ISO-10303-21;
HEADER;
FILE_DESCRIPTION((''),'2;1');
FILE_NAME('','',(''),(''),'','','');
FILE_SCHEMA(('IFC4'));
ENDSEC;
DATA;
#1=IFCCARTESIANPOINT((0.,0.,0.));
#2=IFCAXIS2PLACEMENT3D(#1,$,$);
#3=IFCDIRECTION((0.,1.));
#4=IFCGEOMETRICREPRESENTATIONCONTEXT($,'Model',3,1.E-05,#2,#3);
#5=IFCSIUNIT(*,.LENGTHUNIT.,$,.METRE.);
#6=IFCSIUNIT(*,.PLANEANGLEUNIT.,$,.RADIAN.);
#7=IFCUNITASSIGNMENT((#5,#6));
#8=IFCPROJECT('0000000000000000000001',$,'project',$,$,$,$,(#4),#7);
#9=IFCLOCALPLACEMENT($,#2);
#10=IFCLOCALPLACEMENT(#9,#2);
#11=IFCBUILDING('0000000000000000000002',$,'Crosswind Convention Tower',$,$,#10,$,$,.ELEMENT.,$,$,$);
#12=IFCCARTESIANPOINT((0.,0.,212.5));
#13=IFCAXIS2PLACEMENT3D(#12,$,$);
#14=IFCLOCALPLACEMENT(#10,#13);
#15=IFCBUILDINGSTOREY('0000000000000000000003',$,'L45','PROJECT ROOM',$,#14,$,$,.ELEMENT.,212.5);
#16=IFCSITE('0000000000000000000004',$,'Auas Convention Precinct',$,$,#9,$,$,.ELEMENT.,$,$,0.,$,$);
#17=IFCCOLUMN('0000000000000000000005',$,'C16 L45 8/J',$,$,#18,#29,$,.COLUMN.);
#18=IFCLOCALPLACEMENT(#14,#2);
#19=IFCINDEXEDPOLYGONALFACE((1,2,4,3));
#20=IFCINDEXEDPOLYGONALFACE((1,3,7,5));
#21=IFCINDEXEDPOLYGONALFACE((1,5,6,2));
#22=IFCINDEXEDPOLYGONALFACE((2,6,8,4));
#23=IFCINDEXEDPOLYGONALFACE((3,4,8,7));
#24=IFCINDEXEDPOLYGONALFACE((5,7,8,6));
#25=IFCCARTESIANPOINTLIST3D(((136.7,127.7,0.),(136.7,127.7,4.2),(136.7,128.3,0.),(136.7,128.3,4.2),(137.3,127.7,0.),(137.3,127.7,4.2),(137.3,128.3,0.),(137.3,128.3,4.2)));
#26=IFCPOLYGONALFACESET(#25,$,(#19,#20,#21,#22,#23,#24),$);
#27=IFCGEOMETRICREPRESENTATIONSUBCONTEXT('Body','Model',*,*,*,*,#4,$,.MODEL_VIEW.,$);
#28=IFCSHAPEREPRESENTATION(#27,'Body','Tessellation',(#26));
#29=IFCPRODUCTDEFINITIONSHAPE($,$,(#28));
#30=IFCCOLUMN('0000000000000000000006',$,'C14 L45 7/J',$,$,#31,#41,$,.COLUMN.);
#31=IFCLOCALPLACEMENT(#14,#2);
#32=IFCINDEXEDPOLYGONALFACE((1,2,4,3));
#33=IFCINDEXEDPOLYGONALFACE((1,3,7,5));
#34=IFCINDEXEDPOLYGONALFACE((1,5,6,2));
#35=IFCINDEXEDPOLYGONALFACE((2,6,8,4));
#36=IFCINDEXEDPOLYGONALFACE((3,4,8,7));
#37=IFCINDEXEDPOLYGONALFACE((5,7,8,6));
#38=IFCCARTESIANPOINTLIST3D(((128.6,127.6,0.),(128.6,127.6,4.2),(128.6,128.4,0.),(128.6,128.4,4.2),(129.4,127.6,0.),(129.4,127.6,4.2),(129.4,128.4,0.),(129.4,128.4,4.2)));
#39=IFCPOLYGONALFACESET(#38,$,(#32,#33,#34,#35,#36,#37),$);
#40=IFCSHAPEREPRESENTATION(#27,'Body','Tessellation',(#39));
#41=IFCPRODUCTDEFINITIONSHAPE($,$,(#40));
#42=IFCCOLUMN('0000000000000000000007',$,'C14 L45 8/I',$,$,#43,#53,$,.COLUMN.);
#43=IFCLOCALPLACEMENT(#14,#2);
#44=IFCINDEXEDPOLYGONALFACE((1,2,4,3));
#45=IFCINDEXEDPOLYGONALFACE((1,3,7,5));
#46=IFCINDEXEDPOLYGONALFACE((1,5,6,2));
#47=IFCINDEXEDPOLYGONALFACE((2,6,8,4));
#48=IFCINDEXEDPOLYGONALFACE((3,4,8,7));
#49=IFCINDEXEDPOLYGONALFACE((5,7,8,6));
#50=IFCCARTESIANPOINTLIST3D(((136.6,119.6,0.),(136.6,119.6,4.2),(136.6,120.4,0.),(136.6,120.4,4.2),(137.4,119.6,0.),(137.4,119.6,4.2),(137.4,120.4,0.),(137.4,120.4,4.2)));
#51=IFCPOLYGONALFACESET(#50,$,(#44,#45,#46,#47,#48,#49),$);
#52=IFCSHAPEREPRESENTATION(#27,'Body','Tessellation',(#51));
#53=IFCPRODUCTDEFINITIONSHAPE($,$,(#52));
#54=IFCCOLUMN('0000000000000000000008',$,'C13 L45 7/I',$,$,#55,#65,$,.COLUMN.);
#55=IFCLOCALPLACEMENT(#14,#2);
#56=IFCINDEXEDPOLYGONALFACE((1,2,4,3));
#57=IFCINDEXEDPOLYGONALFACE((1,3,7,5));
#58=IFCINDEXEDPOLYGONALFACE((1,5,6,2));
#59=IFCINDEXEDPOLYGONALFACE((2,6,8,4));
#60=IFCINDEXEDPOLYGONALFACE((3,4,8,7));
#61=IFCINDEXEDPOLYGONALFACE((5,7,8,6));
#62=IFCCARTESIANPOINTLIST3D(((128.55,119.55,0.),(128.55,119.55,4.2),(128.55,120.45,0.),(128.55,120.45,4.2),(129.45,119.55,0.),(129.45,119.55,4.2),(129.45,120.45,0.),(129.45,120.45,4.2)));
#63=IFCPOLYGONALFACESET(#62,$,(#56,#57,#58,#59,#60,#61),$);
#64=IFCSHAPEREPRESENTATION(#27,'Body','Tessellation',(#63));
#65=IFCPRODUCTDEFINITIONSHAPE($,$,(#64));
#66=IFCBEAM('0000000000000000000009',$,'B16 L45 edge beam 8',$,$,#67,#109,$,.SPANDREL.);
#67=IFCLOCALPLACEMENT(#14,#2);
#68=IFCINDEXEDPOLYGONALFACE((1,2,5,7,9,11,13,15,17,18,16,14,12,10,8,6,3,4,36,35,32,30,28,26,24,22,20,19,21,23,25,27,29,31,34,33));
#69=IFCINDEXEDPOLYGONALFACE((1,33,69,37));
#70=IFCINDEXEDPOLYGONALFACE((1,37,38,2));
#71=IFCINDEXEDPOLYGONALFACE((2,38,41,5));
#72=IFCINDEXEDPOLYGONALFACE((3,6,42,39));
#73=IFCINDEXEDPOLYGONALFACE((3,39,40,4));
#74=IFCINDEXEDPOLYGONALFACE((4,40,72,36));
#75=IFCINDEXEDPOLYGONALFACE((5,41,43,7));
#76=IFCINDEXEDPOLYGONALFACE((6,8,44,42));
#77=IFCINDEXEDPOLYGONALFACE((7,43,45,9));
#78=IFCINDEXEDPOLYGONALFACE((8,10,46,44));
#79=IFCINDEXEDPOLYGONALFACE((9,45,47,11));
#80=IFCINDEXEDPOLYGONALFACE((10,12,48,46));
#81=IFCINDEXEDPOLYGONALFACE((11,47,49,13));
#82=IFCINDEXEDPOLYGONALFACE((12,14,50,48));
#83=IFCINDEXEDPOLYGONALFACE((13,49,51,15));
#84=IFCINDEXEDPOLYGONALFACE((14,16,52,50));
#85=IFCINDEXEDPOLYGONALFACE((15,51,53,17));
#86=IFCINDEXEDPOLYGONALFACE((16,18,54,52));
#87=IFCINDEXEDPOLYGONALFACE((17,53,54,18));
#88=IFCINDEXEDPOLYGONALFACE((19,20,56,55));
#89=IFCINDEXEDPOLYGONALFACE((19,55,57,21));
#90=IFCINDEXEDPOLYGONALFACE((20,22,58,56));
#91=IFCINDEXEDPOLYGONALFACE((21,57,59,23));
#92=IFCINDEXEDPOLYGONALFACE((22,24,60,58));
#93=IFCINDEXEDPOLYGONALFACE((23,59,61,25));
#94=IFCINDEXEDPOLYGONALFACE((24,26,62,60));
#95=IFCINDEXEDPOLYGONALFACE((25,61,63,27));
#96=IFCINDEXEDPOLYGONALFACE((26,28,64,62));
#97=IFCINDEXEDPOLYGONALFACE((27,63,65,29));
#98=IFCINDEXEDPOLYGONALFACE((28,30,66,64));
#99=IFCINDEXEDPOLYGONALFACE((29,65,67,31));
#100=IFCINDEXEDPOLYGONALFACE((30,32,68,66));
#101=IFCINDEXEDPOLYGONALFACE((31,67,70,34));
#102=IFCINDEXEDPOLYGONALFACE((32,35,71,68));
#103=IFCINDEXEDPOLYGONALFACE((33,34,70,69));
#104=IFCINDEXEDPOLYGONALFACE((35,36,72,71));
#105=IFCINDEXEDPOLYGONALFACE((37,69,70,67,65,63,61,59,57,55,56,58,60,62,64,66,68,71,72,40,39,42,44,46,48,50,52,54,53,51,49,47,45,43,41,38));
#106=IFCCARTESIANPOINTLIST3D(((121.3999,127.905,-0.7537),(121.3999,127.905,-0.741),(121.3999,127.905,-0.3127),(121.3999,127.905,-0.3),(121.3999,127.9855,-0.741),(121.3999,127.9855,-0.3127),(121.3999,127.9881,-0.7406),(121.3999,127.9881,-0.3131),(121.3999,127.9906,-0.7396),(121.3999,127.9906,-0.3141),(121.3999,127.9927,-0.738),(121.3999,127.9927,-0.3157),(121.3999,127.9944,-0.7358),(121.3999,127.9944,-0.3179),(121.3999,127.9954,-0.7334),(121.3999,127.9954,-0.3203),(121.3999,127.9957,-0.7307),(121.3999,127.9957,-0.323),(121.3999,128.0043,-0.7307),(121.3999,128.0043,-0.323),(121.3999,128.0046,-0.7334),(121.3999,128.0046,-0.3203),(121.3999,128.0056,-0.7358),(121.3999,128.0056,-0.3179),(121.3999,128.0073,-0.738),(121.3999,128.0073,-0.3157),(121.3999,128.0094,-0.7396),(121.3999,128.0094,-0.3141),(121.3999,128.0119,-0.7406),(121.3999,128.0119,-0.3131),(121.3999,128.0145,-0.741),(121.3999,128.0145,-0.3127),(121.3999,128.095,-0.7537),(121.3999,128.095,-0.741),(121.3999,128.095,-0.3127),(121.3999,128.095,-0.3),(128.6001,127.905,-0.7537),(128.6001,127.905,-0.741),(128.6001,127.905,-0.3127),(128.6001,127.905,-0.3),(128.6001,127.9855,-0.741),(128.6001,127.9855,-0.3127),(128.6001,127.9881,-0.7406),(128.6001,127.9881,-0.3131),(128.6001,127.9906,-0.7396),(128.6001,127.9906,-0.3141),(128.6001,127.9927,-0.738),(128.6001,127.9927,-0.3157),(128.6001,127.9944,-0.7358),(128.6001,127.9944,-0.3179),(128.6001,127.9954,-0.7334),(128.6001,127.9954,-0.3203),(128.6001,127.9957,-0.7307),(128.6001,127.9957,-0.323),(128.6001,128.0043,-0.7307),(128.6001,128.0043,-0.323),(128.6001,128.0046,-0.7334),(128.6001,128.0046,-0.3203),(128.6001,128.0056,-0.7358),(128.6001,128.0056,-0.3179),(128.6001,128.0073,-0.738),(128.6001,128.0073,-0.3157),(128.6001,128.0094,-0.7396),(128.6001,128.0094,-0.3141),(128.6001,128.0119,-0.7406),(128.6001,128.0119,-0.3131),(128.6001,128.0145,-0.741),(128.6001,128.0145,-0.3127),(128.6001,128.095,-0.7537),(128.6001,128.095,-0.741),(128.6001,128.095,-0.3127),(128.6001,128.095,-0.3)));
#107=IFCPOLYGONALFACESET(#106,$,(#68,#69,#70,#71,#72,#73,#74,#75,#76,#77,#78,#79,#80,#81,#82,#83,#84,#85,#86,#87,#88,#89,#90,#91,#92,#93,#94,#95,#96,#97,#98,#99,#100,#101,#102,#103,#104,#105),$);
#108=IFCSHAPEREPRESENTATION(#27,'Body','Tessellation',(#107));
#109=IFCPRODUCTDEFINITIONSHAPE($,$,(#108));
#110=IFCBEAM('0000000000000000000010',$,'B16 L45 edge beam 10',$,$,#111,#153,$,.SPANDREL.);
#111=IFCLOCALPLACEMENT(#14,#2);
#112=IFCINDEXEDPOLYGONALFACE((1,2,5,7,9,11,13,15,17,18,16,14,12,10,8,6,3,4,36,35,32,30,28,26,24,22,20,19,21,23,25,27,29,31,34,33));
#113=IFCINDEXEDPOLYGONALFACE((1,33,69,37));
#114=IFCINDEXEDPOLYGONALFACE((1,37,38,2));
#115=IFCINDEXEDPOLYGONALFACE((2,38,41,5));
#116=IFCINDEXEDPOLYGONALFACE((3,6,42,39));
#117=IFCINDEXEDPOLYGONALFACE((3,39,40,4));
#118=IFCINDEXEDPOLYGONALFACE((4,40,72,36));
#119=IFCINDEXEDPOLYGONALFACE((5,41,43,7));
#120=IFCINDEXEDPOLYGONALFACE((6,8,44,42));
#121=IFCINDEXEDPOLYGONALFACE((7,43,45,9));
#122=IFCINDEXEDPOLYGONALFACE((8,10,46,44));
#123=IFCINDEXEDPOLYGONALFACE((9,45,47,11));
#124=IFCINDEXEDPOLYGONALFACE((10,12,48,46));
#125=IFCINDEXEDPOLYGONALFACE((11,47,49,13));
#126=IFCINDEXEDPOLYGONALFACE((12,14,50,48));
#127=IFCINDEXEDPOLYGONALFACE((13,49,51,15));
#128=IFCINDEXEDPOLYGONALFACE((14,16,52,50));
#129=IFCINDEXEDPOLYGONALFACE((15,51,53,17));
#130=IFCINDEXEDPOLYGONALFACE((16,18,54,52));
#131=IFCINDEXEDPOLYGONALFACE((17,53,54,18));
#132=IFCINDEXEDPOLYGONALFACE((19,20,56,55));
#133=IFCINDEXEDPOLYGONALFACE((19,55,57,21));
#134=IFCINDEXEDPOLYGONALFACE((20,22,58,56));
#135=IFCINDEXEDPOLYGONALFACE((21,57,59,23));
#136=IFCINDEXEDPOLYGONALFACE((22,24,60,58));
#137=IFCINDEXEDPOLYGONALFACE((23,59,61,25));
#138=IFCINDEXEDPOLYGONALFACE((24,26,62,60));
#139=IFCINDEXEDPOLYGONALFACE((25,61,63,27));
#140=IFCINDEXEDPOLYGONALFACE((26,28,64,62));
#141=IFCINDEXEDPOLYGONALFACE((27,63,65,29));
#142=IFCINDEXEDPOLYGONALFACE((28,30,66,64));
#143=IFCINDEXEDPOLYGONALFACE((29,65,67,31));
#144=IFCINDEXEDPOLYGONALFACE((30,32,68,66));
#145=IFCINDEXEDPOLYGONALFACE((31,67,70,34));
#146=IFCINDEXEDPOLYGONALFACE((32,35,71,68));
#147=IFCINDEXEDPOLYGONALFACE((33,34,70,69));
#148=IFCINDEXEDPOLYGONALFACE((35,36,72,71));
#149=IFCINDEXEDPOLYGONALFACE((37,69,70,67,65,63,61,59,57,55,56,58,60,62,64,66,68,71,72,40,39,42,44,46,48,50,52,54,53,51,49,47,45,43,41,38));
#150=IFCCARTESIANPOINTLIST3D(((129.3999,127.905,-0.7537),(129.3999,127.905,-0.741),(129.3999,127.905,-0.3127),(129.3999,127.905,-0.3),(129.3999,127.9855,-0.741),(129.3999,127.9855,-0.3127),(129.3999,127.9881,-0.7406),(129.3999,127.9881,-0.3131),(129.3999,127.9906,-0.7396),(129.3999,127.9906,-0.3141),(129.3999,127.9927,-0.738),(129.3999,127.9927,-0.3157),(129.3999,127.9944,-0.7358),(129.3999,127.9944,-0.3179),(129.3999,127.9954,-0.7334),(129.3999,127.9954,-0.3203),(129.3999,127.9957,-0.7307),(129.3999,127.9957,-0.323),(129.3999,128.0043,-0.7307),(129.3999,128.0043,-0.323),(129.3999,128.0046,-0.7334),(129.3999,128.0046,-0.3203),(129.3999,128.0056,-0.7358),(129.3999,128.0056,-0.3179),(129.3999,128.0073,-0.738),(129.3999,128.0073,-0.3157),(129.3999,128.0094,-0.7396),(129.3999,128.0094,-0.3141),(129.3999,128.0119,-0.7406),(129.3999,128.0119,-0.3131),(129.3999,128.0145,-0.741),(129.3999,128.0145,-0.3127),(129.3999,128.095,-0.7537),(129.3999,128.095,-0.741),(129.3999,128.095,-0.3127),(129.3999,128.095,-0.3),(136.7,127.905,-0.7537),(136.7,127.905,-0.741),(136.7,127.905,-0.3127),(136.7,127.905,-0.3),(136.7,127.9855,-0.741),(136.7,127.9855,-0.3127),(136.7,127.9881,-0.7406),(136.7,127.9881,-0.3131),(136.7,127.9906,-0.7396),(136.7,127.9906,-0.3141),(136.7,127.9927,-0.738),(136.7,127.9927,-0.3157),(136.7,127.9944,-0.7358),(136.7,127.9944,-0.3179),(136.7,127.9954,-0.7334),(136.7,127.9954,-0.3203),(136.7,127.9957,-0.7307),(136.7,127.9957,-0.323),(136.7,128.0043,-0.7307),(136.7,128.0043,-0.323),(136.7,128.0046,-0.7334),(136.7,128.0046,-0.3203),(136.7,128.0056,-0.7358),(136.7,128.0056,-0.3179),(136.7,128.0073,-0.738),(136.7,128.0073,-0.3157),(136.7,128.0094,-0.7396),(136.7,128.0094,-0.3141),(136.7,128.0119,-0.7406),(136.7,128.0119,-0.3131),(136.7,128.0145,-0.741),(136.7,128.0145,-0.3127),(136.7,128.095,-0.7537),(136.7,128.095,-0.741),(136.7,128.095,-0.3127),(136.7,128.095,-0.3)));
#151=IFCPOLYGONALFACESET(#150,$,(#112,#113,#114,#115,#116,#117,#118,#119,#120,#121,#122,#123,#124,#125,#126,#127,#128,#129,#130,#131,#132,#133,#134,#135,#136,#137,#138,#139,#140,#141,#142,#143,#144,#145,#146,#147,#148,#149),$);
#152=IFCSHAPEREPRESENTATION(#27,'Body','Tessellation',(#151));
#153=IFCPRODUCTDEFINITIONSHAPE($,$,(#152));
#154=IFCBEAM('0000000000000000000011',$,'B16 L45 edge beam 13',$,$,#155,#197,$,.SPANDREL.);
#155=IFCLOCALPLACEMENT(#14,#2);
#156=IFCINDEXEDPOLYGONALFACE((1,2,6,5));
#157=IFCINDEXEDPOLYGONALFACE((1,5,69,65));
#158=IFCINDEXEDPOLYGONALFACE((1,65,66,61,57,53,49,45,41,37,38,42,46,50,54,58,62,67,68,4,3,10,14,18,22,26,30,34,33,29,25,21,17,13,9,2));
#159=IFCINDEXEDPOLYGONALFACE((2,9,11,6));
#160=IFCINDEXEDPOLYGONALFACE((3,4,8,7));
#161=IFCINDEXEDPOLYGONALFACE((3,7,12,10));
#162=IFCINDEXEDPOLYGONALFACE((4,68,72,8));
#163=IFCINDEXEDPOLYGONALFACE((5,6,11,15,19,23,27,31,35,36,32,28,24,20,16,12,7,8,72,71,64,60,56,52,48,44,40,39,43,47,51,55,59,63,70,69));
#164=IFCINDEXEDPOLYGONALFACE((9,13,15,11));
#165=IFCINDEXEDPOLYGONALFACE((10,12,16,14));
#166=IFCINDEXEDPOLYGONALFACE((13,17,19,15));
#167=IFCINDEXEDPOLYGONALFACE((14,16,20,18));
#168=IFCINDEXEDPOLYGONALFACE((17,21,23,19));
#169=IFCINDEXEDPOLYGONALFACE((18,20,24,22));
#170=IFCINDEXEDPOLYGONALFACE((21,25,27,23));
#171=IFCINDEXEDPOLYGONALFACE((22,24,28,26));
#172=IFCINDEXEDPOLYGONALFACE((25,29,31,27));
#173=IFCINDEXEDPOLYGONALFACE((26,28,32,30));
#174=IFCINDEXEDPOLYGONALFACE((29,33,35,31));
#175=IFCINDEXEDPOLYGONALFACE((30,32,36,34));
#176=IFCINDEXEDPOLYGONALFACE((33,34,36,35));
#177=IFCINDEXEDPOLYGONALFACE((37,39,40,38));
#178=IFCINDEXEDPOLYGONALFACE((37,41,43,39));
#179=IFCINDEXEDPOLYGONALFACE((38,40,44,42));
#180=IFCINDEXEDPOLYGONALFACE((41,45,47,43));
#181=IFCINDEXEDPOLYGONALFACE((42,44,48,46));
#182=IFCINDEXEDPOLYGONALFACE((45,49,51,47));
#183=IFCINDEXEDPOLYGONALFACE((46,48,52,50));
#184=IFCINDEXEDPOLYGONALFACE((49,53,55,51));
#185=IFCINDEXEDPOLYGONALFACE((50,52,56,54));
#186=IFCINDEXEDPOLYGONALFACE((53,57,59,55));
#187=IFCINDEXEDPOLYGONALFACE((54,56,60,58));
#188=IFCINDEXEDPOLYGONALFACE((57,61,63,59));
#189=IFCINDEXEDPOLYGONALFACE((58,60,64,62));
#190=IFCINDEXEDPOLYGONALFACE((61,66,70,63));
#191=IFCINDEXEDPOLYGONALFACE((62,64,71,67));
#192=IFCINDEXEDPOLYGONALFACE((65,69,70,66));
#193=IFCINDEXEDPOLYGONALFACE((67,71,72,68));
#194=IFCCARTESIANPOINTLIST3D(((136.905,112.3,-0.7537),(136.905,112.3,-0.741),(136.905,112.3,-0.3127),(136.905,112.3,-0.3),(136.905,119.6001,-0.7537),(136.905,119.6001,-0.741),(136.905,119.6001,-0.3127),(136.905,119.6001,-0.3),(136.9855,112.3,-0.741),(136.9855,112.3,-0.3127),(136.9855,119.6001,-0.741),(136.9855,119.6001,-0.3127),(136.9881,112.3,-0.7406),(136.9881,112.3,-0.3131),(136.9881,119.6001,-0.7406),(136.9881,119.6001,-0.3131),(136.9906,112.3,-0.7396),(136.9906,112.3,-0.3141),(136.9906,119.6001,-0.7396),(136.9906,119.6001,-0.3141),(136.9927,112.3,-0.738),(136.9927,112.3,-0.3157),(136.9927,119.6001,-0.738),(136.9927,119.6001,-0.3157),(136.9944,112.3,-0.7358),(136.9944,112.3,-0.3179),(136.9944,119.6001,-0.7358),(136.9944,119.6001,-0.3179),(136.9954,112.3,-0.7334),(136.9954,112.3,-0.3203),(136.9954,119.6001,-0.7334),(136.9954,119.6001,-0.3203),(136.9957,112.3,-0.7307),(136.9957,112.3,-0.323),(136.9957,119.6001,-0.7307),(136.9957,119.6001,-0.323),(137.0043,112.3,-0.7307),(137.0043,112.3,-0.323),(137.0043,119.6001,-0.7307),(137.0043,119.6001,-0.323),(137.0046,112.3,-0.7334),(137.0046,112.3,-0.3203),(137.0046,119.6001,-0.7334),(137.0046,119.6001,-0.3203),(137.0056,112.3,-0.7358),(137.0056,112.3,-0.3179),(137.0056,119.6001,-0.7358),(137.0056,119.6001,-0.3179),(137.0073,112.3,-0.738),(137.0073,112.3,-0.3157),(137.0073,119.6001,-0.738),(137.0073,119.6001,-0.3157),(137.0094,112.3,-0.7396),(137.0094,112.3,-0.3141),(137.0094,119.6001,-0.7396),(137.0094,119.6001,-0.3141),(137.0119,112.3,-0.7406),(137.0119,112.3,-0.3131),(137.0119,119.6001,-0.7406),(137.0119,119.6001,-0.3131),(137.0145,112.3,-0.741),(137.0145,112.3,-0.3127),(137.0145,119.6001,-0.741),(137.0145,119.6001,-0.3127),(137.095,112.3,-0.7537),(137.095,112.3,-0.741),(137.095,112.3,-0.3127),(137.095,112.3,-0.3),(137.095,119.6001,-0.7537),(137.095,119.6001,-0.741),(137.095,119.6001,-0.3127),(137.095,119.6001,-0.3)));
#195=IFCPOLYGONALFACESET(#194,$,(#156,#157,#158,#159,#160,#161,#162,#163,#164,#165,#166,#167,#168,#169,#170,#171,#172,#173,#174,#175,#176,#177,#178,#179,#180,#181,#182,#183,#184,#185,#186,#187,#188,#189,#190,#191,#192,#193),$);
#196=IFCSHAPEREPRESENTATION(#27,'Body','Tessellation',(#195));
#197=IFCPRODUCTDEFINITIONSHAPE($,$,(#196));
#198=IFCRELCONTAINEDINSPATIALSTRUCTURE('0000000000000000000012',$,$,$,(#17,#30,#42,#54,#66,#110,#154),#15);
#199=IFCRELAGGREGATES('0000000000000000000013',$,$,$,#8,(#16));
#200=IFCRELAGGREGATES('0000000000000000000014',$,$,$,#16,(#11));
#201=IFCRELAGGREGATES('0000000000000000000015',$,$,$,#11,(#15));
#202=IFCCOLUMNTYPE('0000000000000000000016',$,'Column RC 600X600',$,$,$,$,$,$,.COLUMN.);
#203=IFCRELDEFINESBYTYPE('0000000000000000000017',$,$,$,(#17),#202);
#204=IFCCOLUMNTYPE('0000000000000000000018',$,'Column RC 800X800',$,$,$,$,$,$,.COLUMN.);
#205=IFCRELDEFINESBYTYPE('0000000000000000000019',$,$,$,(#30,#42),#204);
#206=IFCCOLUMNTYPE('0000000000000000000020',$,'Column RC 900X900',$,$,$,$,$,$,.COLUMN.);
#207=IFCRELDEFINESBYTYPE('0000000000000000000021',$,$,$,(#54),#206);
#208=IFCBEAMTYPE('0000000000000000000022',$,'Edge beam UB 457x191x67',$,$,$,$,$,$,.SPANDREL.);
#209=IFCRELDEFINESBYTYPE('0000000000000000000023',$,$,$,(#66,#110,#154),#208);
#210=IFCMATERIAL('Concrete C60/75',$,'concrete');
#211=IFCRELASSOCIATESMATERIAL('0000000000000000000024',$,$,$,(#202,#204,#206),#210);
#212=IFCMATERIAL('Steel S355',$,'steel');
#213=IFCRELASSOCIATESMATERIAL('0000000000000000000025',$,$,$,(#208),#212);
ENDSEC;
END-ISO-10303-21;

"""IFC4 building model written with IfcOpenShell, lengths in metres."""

from ifc_helpers import new_model, si_unit, direction, frame, origin, origin_2d, place, context, subcontext, project, spatial, rectangle, i_section, extrude, material, material_profile, profile_set, type_object, element, save


model = new_model("IFC4")

# Units and contexts
model_context = context("Model", 3, precision=1e-05, world=origin(), true_north=direction((0.0, 1.0)))
body_context = subcontext(model_context, "Body", "Model", "MODEL_VIEW")
ifc_project = project(units=[si_unit("LENGTHUNIT", "METRE"), si_unit("PLANEANGLEUNIT", "RADIAN")], contexts=[model_context])

# Site, building, storey
site_placement = place(None, origin())
site = spatial("IfcSite", under=ifc_project, at=site_placement, Name="Auas Convention Precinct", CompositionType="ELEMENT", RefElevation=0.0)
building_placement = place(site_placement, origin())
building = spatial("IfcBuilding", under=site, at=building_placement, Name="Crosswind Convention Tower", CompositionType="ELEMENT")
storey_placement = place(building_placement, frame((0.0, 0.0, 212.5)))
storey = spatial("IfcBuildingStorey", under=building, at=storey_placement, Name="L45", Description="PROJECT ROOM", CompositionType="ELEMENT", Elevation=212.5)

# Columns
ifc_material_1 = material(Name="Concrete C60/75", Category="concrete")
ifc_material_profile_1 = material_profile(ifc_material_1, rectangle(XDim=0.6001, YDim=0.6001, at=origin_2d()), Name="RC 600X600")
ifc_profile_set_1 = profile_set([ifc_material_profile_1], Name="Concrete C60/75")
column_type_1 = type_object("IfcColumnType", Name="Column RC 600X600", PredefinedType="COLUMN", material=ifc_profile_set_1)
column_1_placement = place(storey_placement, frame((137.0, 128.0, 0.0), z_axis=(0.0, 0.0, 1.0), x_axis=(1.0, 0.0, 0.0)))
element("IfcColumn", 1, at=column_1_placement, inside=storey, type_object=column_type_1, Name="C16 L45 8/J", PredefinedType="COLUMN", context=body_context, shape_type="SweptSolid", body=[
    extrude(rectangle(XDim=0.6001, YDim=0.6001, at=origin_2d()), origin(), (0.0, 0.0, 1.0), 4.2),
])
ifc_material_profile_2 = material_profile(ifc_material_1, rectangle(XDim=0.8, YDim=0.8, at=origin_2d()), Name="RC 800X800")
ifc_profile_set_2 = profile_set([ifc_material_profile_2], Name="Concrete C60/75")
column_type_2 = type_object("IfcColumnType", Name="Column RC 800X800", PredefinedType="COLUMN", material=ifc_profile_set_2)
for number, where, z_axis, x_axis, name in (
    (2, (129.0, 128.0, 0.0), (0.0, 0.0, 1.0), (1.0, 0.0, 0.0), "C14 L45 7/J"),
    (3, (137.0, 120.0, 0.0), (0.0, 0.0, 1.0), (1.0, 0.0, 0.0), "C14 L45 8/I"),
):
    element("IfcColumn", number, at=place(storey_placement, frame(where, z_axis=z_axis, x_axis=x_axis)), inside=storey, type_object=column_type_2, Name=name, PredefinedType="COLUMN", context=body_context, shape_type="SweptSolid", body=[
        extrude(rectangle(XDim=0.8, YDim=0.8, at=origin_2d()), origin(), (0.0, 0.0, 1.0), 4.2),
    ])
ifc_material_profile_3 = material_profile(ifc_material_1, rectangle(XDim=0.8999, YDim=0.8999, at=origin_2d()), Name="RC 900X900")
ifc_profile_set_3 = profile_set([ifc_material_profile_3], Name="Concrete C60/75")
column_type_3 = type_object("IfcColumnType", Name="Column RC 900X900", PredefinedType="COLUMN", material=ifc_profile_set_3)
column_2_placement = place(storey_placement, frame((129.0, 120.0, 0.0), z_axis=(0.0, 0.0, 1.0), x_axis=(1.0, 0.0, 0.0)))
element("IfcColumn", 4, at=column_2_placement, inside=storey, type_object=column_type_3, Name="C13 L45 7/I", PredefinedType="COLUMN", context=body_context, shape_type="SweptSolid", body=[
    extrude(rectangle(XDim=0.8999, YDim=0.8999, at=origin_2d()), origin(), (0.0, 0.0, 1.0), 4.2),
])

# Beams
ifc_material_2 = material(Name="Steel S355", Category="steel")
ifc_material_profile_4 = material_profile(ifc_material_2, i_section(OverallWidth=0.1899, OverallDepth=0.4536, WebThickness=0.0085, FlangeThickness=0.0127, FilletRadius=0.0103, at=origin_2d()), Name="UB 457x191x67")
ifc_profile_set_4 = profile_set([ifc_material_profile_4], Name="Steel S355")
beam_type_1 = type_object("IfcBeamType", Name="Edge beam UB 457x191x67", PredefinedType="SPANDREL", material=ifc_profile_set_4)
beam_placement = place(storey_placement, frame((121.3999, 128.0, -0.5269), z_axis=(1.0, 0.0, 0.0), x_axis=(0.0, 1.0, 0.0)))
element("IfcBeam", 5, at=beam_placement, inside=storey, type_object=beam_type_1, Name="B16 L45 edge beam 8", PredefinedType="SPANDREL", context=body_context, shape_type="SweptSolid", body=[
    extrude(i_section(OverallWidth=0.1899, OverallDepth=0.4536, WebThickness=0.0085, FlangeThickness=0.0127, FilletRadius=0.0103, at=origin_2d()), origin(), (0.0, 0.0, 1.0), 7.2002),
])
for number, where, z_axis, x_axis, name in (
    (6, (129.3999, 128.0, -0.5269), (1.0, 0.0, 0.0), (0.0, 1.0, 0.0), "B16 L45 edge beam 10"),
    (7, (137.0, 112.3, -0.5269), (0.0, 1.0, 0.0), (-1.0, 0.0, 0.0), "B16 L45 edge beam 13"),
):
    element("IfcBeam", number, at=place(storey_placement, frame(where, z_axis=z_axis, x_axis=x_axis)), inside=storey, type_object=beam_type_1, Name=name, PredefinedType="SPANDREL", context=body_context, shape_type="SweptSolid", body=[
        extrude(i_section(OverallWidth=0.1899, OverallDepth=0.4536, WebThickness=0.0085, FlangeThickness=0.0127, FilletRadius=0.0103, at=origin_2d()), origin(), (0.0, 0.0, 1.0), 7.3),
    ])

save(model, "model.ifc")
